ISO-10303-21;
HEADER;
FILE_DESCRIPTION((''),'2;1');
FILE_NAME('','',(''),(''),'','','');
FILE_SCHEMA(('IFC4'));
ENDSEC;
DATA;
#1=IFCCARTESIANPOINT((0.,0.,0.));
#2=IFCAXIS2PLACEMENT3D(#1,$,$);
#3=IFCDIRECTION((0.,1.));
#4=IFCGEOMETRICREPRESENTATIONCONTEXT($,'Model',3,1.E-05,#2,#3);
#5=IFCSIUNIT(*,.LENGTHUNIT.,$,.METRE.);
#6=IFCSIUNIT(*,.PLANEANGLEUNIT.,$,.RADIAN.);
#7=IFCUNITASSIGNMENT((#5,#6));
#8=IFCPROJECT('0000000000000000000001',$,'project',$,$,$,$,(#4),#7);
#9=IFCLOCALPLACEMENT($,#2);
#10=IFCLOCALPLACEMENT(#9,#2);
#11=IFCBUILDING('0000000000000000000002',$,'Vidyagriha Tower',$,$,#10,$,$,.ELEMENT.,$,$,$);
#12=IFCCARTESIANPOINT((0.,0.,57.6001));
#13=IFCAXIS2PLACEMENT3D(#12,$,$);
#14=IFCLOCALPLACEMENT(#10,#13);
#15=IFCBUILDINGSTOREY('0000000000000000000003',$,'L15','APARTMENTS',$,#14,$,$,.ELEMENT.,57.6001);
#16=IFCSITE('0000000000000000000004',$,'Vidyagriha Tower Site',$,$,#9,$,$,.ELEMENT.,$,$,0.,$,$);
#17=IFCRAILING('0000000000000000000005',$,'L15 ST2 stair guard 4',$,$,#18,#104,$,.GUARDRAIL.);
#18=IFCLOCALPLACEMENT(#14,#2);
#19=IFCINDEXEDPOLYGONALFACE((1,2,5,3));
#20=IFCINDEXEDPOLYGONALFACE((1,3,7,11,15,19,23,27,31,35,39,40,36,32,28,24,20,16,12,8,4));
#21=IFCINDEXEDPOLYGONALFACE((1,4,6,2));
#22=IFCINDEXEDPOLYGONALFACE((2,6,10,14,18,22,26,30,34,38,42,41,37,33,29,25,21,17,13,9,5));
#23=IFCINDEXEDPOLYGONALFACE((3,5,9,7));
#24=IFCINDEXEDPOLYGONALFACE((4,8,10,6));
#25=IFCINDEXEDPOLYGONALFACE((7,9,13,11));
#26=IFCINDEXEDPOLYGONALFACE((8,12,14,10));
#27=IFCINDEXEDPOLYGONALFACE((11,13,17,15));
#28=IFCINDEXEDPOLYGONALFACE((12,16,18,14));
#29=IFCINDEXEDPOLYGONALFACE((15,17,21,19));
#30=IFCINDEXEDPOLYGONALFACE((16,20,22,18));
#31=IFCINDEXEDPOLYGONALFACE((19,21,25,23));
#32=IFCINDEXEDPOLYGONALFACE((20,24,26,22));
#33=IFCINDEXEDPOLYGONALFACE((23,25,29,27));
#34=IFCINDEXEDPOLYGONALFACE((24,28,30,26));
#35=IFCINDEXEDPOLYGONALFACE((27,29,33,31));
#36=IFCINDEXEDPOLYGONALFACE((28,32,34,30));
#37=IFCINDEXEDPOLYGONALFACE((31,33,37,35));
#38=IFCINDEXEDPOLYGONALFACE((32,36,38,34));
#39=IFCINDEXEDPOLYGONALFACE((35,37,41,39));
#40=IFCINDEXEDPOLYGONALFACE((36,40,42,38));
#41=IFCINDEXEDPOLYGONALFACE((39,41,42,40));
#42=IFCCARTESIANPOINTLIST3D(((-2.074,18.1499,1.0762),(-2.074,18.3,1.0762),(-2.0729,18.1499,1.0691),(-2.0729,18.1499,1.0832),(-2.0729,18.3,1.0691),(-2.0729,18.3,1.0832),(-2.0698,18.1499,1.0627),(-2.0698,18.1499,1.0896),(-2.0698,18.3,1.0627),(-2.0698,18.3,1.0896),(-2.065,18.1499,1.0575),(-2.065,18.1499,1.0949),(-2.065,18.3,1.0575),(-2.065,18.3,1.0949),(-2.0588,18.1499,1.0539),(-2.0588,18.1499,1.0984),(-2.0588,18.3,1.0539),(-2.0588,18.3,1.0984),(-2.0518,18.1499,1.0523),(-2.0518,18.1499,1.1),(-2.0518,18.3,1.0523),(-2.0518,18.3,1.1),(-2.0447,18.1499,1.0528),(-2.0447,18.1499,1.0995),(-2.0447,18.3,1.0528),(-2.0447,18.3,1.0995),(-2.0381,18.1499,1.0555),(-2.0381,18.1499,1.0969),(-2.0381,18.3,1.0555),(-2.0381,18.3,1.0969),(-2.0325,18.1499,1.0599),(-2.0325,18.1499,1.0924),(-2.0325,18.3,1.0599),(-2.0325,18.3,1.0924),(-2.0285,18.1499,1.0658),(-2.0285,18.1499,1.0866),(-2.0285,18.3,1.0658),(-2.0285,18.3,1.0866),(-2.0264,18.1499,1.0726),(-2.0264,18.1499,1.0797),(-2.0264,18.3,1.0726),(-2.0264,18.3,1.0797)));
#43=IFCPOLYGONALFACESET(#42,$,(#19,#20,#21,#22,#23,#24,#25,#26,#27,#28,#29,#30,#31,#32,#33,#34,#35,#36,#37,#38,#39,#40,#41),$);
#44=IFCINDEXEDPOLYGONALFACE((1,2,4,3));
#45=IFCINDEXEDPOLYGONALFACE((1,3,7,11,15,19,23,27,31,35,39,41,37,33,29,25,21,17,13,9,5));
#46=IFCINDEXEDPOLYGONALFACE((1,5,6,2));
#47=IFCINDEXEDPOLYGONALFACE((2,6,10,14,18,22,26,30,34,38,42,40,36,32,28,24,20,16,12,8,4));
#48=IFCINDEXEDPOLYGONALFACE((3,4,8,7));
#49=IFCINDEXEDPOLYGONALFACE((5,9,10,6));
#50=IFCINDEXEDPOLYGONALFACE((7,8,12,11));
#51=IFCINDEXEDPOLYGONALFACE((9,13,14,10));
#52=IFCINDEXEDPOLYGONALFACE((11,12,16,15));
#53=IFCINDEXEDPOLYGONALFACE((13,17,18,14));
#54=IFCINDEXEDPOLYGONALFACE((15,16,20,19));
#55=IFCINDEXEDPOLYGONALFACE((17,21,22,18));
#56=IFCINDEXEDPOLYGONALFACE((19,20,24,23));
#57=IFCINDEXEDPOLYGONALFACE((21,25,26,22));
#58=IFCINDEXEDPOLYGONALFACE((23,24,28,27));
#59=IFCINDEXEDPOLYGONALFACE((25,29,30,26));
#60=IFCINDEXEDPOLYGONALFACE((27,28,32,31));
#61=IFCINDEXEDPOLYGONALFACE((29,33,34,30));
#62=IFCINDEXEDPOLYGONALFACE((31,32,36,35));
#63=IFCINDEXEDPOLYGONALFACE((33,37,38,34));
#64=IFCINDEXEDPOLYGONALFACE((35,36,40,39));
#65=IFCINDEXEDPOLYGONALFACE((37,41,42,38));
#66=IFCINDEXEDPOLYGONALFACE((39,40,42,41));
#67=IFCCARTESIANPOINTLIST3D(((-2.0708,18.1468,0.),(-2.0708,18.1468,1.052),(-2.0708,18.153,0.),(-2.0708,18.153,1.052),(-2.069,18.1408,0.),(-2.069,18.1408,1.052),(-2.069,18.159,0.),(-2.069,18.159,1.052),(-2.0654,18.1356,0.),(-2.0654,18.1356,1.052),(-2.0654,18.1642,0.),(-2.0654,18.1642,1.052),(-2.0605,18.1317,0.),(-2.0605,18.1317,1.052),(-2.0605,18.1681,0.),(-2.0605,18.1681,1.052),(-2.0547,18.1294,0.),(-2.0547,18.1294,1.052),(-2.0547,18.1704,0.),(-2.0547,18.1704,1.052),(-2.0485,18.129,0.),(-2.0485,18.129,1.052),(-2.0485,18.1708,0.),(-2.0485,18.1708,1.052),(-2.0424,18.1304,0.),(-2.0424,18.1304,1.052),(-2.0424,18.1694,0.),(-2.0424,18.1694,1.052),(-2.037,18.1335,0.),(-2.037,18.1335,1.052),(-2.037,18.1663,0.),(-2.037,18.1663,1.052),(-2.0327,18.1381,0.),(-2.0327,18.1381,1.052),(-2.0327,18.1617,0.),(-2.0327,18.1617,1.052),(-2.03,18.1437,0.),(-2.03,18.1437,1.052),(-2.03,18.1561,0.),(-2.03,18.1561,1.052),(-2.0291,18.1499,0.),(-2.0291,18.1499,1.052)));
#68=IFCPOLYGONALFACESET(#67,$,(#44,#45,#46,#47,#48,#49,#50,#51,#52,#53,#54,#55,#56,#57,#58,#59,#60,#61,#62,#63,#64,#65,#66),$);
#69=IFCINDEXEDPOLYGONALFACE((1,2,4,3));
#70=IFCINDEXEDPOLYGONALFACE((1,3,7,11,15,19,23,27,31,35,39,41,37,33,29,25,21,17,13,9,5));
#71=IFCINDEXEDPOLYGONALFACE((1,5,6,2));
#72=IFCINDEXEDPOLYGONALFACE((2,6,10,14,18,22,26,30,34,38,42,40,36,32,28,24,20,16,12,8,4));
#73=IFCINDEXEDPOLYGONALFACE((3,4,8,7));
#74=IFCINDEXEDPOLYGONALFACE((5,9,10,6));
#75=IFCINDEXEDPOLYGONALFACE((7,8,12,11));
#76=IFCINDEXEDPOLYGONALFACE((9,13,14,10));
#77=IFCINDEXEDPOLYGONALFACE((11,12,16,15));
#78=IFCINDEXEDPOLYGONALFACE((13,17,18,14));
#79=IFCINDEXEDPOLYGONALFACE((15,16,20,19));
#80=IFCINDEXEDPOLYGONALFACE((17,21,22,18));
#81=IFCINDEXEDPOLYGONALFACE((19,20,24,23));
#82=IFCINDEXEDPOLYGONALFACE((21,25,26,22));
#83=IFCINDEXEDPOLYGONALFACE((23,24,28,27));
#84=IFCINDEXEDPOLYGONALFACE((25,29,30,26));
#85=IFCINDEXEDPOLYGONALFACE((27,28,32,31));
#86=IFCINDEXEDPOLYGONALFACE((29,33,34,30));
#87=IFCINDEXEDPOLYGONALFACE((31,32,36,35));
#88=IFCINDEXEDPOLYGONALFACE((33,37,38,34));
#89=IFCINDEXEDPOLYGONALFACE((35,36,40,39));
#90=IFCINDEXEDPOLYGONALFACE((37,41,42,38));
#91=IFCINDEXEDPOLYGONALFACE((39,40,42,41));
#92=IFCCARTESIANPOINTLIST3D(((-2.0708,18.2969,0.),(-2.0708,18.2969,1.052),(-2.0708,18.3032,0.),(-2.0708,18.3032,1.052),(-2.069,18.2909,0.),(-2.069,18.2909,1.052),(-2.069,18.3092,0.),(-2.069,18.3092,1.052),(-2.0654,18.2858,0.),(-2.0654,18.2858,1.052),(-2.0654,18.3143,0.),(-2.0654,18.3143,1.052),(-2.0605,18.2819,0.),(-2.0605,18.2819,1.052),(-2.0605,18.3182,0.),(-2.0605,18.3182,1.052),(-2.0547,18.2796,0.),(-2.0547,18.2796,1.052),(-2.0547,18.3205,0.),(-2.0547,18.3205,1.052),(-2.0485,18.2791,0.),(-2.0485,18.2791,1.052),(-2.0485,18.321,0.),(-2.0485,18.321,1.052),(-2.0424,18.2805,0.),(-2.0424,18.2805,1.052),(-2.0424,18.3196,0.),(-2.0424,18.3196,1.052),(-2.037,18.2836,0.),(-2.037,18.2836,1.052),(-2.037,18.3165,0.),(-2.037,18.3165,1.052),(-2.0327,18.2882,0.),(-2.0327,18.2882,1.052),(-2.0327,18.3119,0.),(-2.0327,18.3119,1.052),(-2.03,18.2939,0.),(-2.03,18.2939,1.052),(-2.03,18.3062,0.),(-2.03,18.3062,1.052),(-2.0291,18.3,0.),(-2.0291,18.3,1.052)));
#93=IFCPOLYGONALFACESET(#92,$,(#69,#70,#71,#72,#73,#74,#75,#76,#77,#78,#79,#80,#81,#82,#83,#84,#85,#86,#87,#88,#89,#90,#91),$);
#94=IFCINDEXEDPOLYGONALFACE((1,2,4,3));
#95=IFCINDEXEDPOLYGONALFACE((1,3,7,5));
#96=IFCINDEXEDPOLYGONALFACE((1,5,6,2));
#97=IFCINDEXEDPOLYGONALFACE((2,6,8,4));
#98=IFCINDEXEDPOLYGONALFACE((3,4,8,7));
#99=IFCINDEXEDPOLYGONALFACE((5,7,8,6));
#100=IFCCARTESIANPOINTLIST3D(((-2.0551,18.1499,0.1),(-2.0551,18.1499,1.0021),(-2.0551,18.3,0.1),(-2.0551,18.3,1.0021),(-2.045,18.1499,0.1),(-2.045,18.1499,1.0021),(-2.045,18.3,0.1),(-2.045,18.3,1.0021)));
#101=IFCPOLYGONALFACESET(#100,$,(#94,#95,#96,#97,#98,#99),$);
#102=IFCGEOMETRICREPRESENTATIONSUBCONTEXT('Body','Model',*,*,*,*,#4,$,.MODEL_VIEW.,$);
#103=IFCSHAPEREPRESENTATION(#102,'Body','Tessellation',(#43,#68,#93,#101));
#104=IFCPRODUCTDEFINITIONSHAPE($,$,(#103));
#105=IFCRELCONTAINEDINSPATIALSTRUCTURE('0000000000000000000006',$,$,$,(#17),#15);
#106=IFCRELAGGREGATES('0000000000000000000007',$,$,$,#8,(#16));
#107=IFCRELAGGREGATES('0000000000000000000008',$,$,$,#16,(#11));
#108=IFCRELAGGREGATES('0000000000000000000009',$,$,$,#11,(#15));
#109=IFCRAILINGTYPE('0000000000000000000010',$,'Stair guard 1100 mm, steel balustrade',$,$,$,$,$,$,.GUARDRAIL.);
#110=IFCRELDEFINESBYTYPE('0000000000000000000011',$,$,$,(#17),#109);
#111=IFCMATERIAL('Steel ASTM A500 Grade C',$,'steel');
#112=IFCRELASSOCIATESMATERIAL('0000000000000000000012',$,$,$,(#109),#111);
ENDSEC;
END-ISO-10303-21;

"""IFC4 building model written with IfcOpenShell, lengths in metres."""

from ifc_helpers import new_model, si_unit, direction, frame, origin, origin_2d, place, context, subcontext, project, spatial, rectangle, circle, extrude, material, type_object, element, save


model = new_model("IFC4")

# Units and contexts
model_context = context("Model", 3, precision=1e-05, world=origin(), true_north=direction((0.0, 1.0)))
body_context = subcontext(model_context, "Body", "Model", "MODEL_VIEW")
ifc_project = project(units=[si_unit("LENGTHUNIT", "METRE"), si_unit("PLANEANGLEUNIT", "RADIAN")], contexts=[model_context])

# Site, building, storey
site_placement = place(None, origin())
site = spatial("IfcSite", under=ifc_project, at=site_placement, Name="Vidyagriha Tower Site", CompositionType="ELEMENT", RefElevation=0.0)
building_placement = place(site_placement, origin())
building = spatial("IfcBuilding", under=site, at=building_placement, Name="Vidyagriha Tower", CompositionType="ELEMENT")
storey_placement = place(building_placement, frame((0.0, 0.0, 57.6001)))
storey = spatial("IfcBuildingStorey", under=building, at=storey_placement, Name="L15", Description="APARTMENTS", CompositionType="ELEMENT", Elevation=57.6001)

# Railing
ifc_material_1 = material(Name="Steel ASTM A500 Grade C", Category="steel")
railing_type_1 = type_object("IfcRailingType", Name="Stair guard 1100 mm, steel balustrade", PredefinedType="GUARDRAIL", material=ifc_material_1)
railing_1_placement = place(storey_placement, frame((-2.05, 18.1499, 0.0)))
element("IfcRailing", 1, at=railing_1_placement, inside=storey, type_object=railing_type_1, Name="L15 ST2 stair guard 4", PredefinedType="GUARDRAIL", context=body_context, shape_type="SweptSolid", body=[
    extrude(circle(Radius=0.0239, at=origin_2d()), frame((0.0, 0.0, 1.0762), z_axis=(0.0, 1.0, 0.0), x_axis=(-1.0, 0.0, 0.0)), (0.0, 0.0, 1.0), 0.1501),
    extrude(circle(Radius=0.021, at=origin_2d()), origin(), (0.0, 0.0, 1.0), 1.052),
    extrude(circle(Radius=0.021, at=origin_2d()), frame((0.0, 0.1501, 0.0)), (0.0, 0.0, 1.0), 1.052),
    extrude(rectangle(XDim=0.01, YDim=0.9021, at=origin_2d()), frame((0.0, 0.0, 0.551), z_axis=(0.0, 1.0, 0.0), x_axis=(-1.0, 0.0, 0.0)), (0.0, 0.0, 1.0), 0.1501),
])

save(model, "model.ifc")
